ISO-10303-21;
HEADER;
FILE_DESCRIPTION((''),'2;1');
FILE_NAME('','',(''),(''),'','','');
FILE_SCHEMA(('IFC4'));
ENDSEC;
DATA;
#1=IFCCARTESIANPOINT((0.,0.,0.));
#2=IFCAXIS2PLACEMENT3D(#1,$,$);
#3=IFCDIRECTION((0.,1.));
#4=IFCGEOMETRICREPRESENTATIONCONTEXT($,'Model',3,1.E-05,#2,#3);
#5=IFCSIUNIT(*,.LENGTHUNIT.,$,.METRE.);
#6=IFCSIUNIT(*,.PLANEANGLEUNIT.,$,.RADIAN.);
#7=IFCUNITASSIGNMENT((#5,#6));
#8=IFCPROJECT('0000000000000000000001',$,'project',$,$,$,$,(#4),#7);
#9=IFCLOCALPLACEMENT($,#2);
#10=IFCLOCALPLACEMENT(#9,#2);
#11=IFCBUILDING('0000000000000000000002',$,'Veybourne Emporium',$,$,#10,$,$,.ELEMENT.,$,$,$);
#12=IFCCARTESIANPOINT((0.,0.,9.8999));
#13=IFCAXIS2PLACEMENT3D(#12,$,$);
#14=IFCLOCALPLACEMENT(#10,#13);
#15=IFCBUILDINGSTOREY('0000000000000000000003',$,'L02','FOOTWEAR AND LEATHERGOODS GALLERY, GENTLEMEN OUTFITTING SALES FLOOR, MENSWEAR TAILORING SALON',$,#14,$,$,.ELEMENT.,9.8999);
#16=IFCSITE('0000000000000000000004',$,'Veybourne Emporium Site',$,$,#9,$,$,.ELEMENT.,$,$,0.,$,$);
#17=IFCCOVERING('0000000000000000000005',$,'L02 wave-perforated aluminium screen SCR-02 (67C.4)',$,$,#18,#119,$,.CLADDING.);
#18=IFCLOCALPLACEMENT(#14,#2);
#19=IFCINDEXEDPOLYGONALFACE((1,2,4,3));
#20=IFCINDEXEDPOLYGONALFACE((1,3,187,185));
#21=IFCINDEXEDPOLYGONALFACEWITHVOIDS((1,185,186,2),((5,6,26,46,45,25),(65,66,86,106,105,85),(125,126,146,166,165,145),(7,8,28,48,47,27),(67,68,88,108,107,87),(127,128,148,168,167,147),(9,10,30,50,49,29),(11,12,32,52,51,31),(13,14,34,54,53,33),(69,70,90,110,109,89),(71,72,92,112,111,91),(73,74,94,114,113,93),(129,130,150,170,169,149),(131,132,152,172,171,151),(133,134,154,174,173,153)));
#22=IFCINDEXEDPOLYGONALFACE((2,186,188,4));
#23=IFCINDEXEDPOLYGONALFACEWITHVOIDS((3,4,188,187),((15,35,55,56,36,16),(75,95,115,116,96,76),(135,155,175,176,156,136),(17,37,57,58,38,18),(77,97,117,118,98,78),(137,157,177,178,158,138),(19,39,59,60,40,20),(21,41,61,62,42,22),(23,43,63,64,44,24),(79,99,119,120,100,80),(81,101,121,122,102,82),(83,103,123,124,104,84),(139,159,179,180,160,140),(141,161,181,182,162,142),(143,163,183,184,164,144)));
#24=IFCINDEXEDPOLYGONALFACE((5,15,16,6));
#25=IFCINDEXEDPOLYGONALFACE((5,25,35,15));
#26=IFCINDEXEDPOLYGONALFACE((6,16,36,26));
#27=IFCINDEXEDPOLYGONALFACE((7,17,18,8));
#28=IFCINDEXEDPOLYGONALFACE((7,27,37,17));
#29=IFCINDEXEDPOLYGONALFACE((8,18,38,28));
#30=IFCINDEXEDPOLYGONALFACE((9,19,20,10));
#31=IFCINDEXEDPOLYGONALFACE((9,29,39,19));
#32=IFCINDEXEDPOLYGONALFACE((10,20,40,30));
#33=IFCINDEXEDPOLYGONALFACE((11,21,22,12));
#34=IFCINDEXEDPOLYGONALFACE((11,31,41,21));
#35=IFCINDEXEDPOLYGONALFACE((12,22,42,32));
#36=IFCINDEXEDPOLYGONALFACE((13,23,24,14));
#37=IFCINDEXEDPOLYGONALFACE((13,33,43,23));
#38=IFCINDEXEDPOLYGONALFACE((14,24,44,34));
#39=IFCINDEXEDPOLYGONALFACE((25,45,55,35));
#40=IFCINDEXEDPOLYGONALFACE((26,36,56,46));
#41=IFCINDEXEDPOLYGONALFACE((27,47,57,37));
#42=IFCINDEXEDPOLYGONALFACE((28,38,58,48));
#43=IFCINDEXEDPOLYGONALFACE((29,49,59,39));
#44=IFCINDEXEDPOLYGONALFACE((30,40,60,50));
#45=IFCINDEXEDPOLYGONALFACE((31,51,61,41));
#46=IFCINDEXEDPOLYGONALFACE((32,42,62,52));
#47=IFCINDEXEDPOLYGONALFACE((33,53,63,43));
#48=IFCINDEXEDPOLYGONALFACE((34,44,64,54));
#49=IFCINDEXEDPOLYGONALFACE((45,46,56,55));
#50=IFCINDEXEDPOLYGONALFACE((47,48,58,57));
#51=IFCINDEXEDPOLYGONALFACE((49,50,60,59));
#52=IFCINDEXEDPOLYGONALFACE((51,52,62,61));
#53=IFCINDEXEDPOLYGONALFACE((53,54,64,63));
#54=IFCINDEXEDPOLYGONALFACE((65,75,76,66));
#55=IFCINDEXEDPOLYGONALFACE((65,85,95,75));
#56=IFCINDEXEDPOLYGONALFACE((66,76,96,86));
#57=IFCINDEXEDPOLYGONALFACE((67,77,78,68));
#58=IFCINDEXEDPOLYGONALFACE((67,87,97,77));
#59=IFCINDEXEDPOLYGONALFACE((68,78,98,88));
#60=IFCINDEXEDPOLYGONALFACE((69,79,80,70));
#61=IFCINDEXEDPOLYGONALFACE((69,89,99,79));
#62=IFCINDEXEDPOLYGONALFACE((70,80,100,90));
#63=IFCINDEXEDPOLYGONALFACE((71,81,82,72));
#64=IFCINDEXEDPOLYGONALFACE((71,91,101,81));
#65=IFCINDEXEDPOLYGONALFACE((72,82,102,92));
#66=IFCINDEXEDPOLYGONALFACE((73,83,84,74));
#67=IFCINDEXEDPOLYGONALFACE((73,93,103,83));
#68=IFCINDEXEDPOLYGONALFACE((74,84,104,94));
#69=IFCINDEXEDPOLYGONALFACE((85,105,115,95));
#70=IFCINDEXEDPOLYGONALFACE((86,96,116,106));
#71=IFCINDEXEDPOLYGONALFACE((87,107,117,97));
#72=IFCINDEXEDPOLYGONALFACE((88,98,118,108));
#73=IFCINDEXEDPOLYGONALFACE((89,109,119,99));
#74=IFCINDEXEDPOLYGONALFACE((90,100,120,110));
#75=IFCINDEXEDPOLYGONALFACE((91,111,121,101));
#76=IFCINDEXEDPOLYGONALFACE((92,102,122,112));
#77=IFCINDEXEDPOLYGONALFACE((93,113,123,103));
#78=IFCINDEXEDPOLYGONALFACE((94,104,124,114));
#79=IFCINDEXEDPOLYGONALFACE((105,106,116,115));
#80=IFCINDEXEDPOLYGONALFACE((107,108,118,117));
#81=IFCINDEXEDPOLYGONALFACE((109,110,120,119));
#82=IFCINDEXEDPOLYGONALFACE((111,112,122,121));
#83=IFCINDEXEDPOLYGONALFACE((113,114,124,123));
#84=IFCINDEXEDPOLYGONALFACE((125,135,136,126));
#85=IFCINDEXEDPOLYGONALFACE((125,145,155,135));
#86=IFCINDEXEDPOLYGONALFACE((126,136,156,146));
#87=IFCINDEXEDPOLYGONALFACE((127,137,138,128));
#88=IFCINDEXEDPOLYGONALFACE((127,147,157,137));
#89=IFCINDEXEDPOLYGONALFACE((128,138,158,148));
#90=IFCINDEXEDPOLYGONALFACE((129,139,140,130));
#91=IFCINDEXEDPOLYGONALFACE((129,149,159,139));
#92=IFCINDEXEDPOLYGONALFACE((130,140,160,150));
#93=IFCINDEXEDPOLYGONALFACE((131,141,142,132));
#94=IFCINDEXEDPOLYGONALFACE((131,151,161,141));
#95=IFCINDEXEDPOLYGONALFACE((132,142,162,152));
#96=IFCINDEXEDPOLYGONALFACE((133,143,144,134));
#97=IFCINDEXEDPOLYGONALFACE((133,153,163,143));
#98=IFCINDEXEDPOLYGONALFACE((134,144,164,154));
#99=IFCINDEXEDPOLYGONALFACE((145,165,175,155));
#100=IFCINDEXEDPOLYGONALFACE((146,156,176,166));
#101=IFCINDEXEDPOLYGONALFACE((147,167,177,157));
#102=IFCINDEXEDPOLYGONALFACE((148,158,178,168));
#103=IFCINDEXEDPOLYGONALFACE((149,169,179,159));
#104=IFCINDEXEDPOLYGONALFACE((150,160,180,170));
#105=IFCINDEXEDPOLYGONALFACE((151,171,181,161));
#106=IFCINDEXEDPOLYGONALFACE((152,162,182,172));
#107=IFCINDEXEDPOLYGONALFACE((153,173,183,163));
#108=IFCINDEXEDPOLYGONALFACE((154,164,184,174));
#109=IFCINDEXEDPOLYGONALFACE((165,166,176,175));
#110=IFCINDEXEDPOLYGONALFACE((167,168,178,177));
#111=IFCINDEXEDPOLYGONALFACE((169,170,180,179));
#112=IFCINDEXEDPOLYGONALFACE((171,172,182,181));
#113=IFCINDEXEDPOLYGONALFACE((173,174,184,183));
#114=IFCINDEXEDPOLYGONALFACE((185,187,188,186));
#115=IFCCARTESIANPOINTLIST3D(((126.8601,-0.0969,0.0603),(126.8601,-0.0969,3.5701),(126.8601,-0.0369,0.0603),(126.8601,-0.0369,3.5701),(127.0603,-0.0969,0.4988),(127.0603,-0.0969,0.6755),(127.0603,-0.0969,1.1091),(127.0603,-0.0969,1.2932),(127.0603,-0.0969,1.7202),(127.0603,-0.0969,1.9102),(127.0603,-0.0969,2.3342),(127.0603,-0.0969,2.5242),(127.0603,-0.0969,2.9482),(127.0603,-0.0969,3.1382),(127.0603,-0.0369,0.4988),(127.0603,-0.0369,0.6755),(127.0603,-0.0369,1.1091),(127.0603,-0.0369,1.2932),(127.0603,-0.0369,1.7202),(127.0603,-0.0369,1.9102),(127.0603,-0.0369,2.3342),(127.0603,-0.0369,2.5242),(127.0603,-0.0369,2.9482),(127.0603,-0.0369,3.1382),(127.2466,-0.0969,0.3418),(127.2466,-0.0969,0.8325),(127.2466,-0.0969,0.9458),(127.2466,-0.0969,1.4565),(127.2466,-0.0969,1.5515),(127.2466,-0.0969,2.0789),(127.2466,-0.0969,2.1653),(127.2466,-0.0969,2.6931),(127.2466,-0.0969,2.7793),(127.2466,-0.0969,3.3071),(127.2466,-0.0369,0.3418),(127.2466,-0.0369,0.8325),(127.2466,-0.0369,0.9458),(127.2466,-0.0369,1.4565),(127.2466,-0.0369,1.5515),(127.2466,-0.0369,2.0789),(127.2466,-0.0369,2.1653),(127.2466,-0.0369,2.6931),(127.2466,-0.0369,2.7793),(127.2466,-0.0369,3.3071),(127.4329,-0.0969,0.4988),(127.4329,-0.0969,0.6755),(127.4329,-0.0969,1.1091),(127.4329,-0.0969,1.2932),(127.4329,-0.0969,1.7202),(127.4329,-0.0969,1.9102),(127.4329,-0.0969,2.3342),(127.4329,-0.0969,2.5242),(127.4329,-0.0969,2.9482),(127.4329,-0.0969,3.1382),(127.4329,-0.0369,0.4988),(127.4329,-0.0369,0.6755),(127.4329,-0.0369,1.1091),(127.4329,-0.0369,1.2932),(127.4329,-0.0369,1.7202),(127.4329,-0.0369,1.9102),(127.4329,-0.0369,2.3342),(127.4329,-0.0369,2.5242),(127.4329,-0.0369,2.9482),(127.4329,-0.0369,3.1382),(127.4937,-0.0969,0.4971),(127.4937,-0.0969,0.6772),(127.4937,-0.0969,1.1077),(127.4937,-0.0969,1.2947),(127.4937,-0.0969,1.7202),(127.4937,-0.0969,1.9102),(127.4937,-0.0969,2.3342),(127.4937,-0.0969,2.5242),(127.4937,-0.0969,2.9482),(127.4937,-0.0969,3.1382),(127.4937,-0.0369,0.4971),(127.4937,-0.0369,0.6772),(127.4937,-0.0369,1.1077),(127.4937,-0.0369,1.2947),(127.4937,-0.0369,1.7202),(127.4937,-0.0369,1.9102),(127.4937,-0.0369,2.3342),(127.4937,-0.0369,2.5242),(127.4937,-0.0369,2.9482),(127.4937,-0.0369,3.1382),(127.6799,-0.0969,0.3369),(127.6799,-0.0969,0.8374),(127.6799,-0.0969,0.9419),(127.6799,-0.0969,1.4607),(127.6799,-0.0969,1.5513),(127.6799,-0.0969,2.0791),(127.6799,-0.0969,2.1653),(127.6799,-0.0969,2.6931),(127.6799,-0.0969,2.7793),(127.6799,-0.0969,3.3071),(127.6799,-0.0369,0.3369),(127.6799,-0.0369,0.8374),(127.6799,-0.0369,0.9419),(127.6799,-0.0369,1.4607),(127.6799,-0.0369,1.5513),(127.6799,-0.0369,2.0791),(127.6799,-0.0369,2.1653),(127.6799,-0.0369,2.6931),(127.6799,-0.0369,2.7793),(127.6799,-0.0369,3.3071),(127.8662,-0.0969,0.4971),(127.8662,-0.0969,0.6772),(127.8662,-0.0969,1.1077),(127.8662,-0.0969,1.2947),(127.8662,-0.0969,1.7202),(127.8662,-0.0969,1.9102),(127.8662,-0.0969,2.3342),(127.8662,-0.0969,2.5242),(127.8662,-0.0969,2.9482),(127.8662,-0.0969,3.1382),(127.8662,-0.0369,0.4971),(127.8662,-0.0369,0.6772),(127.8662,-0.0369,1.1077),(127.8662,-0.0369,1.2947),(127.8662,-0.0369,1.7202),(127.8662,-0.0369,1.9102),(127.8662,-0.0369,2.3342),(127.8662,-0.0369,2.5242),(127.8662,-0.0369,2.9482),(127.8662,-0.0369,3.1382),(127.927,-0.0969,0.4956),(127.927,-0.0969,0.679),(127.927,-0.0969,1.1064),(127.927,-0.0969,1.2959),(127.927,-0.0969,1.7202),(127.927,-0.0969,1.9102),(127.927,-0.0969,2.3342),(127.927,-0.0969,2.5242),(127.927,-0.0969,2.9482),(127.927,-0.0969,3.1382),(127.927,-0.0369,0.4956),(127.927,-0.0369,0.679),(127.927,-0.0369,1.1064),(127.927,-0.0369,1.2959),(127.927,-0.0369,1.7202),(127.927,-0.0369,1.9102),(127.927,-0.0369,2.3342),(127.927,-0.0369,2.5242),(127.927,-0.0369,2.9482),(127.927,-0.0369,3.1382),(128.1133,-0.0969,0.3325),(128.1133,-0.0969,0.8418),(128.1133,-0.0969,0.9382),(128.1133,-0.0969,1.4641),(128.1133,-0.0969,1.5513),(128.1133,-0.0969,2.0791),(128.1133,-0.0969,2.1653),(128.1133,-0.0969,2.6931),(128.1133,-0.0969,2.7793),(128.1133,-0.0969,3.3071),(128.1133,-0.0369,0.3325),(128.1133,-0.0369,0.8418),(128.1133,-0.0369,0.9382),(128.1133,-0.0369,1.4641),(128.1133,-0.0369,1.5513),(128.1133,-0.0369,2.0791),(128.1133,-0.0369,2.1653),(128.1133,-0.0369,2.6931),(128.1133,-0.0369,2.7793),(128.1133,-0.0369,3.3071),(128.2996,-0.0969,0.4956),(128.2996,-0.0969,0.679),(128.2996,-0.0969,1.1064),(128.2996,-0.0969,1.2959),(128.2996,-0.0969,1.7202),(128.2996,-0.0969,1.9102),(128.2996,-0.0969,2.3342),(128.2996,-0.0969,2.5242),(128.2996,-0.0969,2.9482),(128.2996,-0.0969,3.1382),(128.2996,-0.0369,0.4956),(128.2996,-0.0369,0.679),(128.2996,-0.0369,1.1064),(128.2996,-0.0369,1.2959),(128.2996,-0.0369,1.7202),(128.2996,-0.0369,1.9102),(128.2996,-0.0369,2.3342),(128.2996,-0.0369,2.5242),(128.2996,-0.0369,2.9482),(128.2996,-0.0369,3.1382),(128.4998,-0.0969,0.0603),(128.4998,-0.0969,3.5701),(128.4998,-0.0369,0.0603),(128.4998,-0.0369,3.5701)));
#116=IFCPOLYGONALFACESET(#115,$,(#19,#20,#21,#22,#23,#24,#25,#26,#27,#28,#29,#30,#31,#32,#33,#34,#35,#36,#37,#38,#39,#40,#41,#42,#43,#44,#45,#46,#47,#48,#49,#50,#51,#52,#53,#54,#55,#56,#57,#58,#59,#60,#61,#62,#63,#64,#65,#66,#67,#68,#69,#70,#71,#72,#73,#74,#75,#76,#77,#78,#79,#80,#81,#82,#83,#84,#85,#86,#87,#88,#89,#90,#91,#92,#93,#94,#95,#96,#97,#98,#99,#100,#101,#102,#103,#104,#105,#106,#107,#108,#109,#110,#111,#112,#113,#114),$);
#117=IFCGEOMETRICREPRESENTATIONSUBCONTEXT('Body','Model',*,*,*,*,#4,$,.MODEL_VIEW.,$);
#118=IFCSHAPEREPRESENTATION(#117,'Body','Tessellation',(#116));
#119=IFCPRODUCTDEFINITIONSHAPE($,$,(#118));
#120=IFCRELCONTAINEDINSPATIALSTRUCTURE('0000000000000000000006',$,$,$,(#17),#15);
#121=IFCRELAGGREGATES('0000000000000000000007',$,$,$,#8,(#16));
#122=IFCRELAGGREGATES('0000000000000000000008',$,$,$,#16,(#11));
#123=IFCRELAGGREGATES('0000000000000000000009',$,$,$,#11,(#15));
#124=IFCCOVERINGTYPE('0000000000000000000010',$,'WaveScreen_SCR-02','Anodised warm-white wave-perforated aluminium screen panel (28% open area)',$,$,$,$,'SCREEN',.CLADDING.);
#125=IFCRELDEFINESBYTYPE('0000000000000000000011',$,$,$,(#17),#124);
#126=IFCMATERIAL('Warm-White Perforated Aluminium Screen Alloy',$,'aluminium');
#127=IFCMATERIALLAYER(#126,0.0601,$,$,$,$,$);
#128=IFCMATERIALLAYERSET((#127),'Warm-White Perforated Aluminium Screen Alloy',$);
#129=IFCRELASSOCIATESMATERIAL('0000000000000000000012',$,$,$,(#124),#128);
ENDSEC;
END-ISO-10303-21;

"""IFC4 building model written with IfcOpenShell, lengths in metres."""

from ifc_helpers import new_model, si_unit, direction, frame, origin, place, context, subcontext, project, spatial, polyline, outline, extrude, material, layer, layer_set, type_object, element, save


model = new_model("IFC4")

# Units and contexts
model_context = context("Model", 3, precision=1e-05, world=origin(), true_north=direction((0.0, 1.0)))
body_context = subcontext(model_context, "Body", "Model", "MODEL_VIEW")
ifc_project = project(units=[si_unit("LENGTHUNIT", "METRE"), si_unit("PLANEANGLEUNIT", "RADIAN")], contexts=[model_context])

# Site, building, storey
site_placement = place(None, origin())
site = spatial("IfcSite", under=ifc_project, at=site_placement, Name="Veybourne Emporium Site", CompositionType="ELEMENT", RefElevation=0.0)
building_placement = place(site_placement, origin())
building = spatial("IfcBuilding", under=site, at=building_placement, Name="Veybourne Emporium", CompositionType="ELEMENT")
storey_placement = place(building_placement, frame((0.0, 0.0, 9.8999)))
storey = spatial("IfcBuildingStorey", under=building, at=storey_placement, Name="L02", Description="FOOTWEAR AND LEATHERGOODS GALLERY, GENTLEMEN OUTFITTING SALES FLOOR, MENSWEAR TAILORING SALON", CompositionType="ELEMENT", Elevation=9.8999)

# Covering
ifc_material_1 = material(Name="Warm-White Perforated Aluminium Screen Alloy", Category="aluminium")
ifc_layer_1 = layer(ifc_material_1, 0.0601)
ifc_layer_set_1 = layer_set([ifc_layer_1], Name="Warm-White Perforated Aluminium Screen Alloy")
covering_type_1 = type_object("IfcCoveringType", Name="WaveScreen_SCR-02", Description="Anodised warm-white wave-perforated aluminium screen panel (28% open area)", ElementType="SCREEN", PredefinedType="CLADDING", material=ifc_layer_set_1)
covering_1_placement = place(storey_placement, frame((127.6799, -0.0969, 1.8152), z_axis=(0.0, 1.0, 0.0), x_axis=(-1.0, 0.0, 0.0)))
element("IfcCovering", 1, at=covering_1_placement, inside=storey, type_object=covering_type_1, Name="L02 wave-perforated aluminium screen SCR-02 (67C.4)", PredefinedType="CLADDING", context=body_context, shape_type="SweptSolid", body=[
    extrude(outline(polyline([(-0.8198, -1.7549), (0.8198, -1.7549), (0.8198, 1.7549), (-0.8198, 1.7549), (-0.8198, -1.7549)]), holes=[polyline([(-0.4333, -0.9734), (-0.2471, -1.1362), (-0.2471, -1.3196), (-0.4333, -1.4827), (-0.6196, -1.3196), (-0.6196, -1.1362), (-0.4333, -0.9734)]), polyline([(-0.4333, -0.3511), (-0.2471, -0.5193), (-0.2471, -0.7087), (-0.4333, -0.877), (-0.6196, -0.7087), (-0.6196, -0.5193), (-0.4333, -0.3511)]), polyline([(-0.4333, 0.2639), (-0.2471, 0.095), (-0.2471, -0.095), (-0.4333, -0.2639), (-0.6196, -0.095), (-0.6196, 0.095), (-0.4333, 0.2639)]), polyline([(-0.4333, 0.8779), (-0.2471, 0.709), (-0.2471, 0.519), (-0.4333, 0.3501), (-0.6196, 0.519), (-0.6196, 0.709), (-0.4333, 0.8779)]), polyline([(-0.4333, 1.4919), (-0.2471, 1.323), (-0.2471, 1.1331), (-0.4333, 0.9641), (-0.6196, 1.1331), (-0.6196, 1.323), (-0.4333, 1.4919)]), polyline([(0.0, -0.9778), (0.1863, -1.1379), (0.1863, -1.3181), (0.0, -1.4783), (-0.1863, -1.3181), (-0.1863, -1.1379), (0.0, -0.9778)]), polyline([(0.0, -0.3545), (0.1863, -0.5205), (0.1863, -0.7075), (0.0, -0.8733), (-0.1863, -0.7075), (-0.1863, -0.5205), (0.0, -0.3545)]), polyline([(0.0, 0.2639), (0.1863, 0.095), (0.1863, -0.095), (0.0, -0.2639), (-0.1863, -0.095), (-0.1863, 0.095), (0.0, 0.2639)]), polyline([(0.0, 0.8779), (0.1863, 0.709), (0.1863, 0.519), (0.0, 0.3501), (-0.1863, 0.519), (-0.1863, 0.709), (0.0, 0.8779)]), polyline([(0.0, 1.4919), (0.1863, 1.323), (0.1863, 1.1331), (0.0, 0.9641), (-0.1863, 1.1331), (-0.1863, 1.323), (0.0, 1.4919)]), polyline([(0.4333, -0.9827), (0.6196, -1.1396), (0.6196, -1.3164), (0.4333, -1.4734), (0.2471, -1.3164), (0.2471, -1.1396), (0.4333, -0.9827)]), polyline([(0.4333, -0.3586), (0.6196, -0.522), (0.6196, -0.7061), (0.4333, -0.8694), (0.2471, -0.7061), (0.2471, -0.522), (0.4333, -0.3586)]), polyline([(0.4333, 0.2637), (0.6196, 0.095), (0.6196, -0.095), (0.4333, -0.2637), (0.2471, -0.095), (0.2471, 0.095), (0.4333, 0.2637)]), polyline([(0.4333, 0.8779), (0.6196, 0.709), (0.6196, 0.519), (0.4333, 0.3501), (0.2471, 0.519), (0.2471, 0.709), (0.4333, 0.8779)]), polyline([(0.4333, 1.4919), (0.6196, 1.323), (0.6196, 1.1331), (0.4333, 0.9641), (0.2471, 1.1331), (0.2471, 1.323), (0.4333, 1.4919)])]), origin(), (0.0, 0.0, 1.0), 0.0601),
])

save(model, "model.ifc")
